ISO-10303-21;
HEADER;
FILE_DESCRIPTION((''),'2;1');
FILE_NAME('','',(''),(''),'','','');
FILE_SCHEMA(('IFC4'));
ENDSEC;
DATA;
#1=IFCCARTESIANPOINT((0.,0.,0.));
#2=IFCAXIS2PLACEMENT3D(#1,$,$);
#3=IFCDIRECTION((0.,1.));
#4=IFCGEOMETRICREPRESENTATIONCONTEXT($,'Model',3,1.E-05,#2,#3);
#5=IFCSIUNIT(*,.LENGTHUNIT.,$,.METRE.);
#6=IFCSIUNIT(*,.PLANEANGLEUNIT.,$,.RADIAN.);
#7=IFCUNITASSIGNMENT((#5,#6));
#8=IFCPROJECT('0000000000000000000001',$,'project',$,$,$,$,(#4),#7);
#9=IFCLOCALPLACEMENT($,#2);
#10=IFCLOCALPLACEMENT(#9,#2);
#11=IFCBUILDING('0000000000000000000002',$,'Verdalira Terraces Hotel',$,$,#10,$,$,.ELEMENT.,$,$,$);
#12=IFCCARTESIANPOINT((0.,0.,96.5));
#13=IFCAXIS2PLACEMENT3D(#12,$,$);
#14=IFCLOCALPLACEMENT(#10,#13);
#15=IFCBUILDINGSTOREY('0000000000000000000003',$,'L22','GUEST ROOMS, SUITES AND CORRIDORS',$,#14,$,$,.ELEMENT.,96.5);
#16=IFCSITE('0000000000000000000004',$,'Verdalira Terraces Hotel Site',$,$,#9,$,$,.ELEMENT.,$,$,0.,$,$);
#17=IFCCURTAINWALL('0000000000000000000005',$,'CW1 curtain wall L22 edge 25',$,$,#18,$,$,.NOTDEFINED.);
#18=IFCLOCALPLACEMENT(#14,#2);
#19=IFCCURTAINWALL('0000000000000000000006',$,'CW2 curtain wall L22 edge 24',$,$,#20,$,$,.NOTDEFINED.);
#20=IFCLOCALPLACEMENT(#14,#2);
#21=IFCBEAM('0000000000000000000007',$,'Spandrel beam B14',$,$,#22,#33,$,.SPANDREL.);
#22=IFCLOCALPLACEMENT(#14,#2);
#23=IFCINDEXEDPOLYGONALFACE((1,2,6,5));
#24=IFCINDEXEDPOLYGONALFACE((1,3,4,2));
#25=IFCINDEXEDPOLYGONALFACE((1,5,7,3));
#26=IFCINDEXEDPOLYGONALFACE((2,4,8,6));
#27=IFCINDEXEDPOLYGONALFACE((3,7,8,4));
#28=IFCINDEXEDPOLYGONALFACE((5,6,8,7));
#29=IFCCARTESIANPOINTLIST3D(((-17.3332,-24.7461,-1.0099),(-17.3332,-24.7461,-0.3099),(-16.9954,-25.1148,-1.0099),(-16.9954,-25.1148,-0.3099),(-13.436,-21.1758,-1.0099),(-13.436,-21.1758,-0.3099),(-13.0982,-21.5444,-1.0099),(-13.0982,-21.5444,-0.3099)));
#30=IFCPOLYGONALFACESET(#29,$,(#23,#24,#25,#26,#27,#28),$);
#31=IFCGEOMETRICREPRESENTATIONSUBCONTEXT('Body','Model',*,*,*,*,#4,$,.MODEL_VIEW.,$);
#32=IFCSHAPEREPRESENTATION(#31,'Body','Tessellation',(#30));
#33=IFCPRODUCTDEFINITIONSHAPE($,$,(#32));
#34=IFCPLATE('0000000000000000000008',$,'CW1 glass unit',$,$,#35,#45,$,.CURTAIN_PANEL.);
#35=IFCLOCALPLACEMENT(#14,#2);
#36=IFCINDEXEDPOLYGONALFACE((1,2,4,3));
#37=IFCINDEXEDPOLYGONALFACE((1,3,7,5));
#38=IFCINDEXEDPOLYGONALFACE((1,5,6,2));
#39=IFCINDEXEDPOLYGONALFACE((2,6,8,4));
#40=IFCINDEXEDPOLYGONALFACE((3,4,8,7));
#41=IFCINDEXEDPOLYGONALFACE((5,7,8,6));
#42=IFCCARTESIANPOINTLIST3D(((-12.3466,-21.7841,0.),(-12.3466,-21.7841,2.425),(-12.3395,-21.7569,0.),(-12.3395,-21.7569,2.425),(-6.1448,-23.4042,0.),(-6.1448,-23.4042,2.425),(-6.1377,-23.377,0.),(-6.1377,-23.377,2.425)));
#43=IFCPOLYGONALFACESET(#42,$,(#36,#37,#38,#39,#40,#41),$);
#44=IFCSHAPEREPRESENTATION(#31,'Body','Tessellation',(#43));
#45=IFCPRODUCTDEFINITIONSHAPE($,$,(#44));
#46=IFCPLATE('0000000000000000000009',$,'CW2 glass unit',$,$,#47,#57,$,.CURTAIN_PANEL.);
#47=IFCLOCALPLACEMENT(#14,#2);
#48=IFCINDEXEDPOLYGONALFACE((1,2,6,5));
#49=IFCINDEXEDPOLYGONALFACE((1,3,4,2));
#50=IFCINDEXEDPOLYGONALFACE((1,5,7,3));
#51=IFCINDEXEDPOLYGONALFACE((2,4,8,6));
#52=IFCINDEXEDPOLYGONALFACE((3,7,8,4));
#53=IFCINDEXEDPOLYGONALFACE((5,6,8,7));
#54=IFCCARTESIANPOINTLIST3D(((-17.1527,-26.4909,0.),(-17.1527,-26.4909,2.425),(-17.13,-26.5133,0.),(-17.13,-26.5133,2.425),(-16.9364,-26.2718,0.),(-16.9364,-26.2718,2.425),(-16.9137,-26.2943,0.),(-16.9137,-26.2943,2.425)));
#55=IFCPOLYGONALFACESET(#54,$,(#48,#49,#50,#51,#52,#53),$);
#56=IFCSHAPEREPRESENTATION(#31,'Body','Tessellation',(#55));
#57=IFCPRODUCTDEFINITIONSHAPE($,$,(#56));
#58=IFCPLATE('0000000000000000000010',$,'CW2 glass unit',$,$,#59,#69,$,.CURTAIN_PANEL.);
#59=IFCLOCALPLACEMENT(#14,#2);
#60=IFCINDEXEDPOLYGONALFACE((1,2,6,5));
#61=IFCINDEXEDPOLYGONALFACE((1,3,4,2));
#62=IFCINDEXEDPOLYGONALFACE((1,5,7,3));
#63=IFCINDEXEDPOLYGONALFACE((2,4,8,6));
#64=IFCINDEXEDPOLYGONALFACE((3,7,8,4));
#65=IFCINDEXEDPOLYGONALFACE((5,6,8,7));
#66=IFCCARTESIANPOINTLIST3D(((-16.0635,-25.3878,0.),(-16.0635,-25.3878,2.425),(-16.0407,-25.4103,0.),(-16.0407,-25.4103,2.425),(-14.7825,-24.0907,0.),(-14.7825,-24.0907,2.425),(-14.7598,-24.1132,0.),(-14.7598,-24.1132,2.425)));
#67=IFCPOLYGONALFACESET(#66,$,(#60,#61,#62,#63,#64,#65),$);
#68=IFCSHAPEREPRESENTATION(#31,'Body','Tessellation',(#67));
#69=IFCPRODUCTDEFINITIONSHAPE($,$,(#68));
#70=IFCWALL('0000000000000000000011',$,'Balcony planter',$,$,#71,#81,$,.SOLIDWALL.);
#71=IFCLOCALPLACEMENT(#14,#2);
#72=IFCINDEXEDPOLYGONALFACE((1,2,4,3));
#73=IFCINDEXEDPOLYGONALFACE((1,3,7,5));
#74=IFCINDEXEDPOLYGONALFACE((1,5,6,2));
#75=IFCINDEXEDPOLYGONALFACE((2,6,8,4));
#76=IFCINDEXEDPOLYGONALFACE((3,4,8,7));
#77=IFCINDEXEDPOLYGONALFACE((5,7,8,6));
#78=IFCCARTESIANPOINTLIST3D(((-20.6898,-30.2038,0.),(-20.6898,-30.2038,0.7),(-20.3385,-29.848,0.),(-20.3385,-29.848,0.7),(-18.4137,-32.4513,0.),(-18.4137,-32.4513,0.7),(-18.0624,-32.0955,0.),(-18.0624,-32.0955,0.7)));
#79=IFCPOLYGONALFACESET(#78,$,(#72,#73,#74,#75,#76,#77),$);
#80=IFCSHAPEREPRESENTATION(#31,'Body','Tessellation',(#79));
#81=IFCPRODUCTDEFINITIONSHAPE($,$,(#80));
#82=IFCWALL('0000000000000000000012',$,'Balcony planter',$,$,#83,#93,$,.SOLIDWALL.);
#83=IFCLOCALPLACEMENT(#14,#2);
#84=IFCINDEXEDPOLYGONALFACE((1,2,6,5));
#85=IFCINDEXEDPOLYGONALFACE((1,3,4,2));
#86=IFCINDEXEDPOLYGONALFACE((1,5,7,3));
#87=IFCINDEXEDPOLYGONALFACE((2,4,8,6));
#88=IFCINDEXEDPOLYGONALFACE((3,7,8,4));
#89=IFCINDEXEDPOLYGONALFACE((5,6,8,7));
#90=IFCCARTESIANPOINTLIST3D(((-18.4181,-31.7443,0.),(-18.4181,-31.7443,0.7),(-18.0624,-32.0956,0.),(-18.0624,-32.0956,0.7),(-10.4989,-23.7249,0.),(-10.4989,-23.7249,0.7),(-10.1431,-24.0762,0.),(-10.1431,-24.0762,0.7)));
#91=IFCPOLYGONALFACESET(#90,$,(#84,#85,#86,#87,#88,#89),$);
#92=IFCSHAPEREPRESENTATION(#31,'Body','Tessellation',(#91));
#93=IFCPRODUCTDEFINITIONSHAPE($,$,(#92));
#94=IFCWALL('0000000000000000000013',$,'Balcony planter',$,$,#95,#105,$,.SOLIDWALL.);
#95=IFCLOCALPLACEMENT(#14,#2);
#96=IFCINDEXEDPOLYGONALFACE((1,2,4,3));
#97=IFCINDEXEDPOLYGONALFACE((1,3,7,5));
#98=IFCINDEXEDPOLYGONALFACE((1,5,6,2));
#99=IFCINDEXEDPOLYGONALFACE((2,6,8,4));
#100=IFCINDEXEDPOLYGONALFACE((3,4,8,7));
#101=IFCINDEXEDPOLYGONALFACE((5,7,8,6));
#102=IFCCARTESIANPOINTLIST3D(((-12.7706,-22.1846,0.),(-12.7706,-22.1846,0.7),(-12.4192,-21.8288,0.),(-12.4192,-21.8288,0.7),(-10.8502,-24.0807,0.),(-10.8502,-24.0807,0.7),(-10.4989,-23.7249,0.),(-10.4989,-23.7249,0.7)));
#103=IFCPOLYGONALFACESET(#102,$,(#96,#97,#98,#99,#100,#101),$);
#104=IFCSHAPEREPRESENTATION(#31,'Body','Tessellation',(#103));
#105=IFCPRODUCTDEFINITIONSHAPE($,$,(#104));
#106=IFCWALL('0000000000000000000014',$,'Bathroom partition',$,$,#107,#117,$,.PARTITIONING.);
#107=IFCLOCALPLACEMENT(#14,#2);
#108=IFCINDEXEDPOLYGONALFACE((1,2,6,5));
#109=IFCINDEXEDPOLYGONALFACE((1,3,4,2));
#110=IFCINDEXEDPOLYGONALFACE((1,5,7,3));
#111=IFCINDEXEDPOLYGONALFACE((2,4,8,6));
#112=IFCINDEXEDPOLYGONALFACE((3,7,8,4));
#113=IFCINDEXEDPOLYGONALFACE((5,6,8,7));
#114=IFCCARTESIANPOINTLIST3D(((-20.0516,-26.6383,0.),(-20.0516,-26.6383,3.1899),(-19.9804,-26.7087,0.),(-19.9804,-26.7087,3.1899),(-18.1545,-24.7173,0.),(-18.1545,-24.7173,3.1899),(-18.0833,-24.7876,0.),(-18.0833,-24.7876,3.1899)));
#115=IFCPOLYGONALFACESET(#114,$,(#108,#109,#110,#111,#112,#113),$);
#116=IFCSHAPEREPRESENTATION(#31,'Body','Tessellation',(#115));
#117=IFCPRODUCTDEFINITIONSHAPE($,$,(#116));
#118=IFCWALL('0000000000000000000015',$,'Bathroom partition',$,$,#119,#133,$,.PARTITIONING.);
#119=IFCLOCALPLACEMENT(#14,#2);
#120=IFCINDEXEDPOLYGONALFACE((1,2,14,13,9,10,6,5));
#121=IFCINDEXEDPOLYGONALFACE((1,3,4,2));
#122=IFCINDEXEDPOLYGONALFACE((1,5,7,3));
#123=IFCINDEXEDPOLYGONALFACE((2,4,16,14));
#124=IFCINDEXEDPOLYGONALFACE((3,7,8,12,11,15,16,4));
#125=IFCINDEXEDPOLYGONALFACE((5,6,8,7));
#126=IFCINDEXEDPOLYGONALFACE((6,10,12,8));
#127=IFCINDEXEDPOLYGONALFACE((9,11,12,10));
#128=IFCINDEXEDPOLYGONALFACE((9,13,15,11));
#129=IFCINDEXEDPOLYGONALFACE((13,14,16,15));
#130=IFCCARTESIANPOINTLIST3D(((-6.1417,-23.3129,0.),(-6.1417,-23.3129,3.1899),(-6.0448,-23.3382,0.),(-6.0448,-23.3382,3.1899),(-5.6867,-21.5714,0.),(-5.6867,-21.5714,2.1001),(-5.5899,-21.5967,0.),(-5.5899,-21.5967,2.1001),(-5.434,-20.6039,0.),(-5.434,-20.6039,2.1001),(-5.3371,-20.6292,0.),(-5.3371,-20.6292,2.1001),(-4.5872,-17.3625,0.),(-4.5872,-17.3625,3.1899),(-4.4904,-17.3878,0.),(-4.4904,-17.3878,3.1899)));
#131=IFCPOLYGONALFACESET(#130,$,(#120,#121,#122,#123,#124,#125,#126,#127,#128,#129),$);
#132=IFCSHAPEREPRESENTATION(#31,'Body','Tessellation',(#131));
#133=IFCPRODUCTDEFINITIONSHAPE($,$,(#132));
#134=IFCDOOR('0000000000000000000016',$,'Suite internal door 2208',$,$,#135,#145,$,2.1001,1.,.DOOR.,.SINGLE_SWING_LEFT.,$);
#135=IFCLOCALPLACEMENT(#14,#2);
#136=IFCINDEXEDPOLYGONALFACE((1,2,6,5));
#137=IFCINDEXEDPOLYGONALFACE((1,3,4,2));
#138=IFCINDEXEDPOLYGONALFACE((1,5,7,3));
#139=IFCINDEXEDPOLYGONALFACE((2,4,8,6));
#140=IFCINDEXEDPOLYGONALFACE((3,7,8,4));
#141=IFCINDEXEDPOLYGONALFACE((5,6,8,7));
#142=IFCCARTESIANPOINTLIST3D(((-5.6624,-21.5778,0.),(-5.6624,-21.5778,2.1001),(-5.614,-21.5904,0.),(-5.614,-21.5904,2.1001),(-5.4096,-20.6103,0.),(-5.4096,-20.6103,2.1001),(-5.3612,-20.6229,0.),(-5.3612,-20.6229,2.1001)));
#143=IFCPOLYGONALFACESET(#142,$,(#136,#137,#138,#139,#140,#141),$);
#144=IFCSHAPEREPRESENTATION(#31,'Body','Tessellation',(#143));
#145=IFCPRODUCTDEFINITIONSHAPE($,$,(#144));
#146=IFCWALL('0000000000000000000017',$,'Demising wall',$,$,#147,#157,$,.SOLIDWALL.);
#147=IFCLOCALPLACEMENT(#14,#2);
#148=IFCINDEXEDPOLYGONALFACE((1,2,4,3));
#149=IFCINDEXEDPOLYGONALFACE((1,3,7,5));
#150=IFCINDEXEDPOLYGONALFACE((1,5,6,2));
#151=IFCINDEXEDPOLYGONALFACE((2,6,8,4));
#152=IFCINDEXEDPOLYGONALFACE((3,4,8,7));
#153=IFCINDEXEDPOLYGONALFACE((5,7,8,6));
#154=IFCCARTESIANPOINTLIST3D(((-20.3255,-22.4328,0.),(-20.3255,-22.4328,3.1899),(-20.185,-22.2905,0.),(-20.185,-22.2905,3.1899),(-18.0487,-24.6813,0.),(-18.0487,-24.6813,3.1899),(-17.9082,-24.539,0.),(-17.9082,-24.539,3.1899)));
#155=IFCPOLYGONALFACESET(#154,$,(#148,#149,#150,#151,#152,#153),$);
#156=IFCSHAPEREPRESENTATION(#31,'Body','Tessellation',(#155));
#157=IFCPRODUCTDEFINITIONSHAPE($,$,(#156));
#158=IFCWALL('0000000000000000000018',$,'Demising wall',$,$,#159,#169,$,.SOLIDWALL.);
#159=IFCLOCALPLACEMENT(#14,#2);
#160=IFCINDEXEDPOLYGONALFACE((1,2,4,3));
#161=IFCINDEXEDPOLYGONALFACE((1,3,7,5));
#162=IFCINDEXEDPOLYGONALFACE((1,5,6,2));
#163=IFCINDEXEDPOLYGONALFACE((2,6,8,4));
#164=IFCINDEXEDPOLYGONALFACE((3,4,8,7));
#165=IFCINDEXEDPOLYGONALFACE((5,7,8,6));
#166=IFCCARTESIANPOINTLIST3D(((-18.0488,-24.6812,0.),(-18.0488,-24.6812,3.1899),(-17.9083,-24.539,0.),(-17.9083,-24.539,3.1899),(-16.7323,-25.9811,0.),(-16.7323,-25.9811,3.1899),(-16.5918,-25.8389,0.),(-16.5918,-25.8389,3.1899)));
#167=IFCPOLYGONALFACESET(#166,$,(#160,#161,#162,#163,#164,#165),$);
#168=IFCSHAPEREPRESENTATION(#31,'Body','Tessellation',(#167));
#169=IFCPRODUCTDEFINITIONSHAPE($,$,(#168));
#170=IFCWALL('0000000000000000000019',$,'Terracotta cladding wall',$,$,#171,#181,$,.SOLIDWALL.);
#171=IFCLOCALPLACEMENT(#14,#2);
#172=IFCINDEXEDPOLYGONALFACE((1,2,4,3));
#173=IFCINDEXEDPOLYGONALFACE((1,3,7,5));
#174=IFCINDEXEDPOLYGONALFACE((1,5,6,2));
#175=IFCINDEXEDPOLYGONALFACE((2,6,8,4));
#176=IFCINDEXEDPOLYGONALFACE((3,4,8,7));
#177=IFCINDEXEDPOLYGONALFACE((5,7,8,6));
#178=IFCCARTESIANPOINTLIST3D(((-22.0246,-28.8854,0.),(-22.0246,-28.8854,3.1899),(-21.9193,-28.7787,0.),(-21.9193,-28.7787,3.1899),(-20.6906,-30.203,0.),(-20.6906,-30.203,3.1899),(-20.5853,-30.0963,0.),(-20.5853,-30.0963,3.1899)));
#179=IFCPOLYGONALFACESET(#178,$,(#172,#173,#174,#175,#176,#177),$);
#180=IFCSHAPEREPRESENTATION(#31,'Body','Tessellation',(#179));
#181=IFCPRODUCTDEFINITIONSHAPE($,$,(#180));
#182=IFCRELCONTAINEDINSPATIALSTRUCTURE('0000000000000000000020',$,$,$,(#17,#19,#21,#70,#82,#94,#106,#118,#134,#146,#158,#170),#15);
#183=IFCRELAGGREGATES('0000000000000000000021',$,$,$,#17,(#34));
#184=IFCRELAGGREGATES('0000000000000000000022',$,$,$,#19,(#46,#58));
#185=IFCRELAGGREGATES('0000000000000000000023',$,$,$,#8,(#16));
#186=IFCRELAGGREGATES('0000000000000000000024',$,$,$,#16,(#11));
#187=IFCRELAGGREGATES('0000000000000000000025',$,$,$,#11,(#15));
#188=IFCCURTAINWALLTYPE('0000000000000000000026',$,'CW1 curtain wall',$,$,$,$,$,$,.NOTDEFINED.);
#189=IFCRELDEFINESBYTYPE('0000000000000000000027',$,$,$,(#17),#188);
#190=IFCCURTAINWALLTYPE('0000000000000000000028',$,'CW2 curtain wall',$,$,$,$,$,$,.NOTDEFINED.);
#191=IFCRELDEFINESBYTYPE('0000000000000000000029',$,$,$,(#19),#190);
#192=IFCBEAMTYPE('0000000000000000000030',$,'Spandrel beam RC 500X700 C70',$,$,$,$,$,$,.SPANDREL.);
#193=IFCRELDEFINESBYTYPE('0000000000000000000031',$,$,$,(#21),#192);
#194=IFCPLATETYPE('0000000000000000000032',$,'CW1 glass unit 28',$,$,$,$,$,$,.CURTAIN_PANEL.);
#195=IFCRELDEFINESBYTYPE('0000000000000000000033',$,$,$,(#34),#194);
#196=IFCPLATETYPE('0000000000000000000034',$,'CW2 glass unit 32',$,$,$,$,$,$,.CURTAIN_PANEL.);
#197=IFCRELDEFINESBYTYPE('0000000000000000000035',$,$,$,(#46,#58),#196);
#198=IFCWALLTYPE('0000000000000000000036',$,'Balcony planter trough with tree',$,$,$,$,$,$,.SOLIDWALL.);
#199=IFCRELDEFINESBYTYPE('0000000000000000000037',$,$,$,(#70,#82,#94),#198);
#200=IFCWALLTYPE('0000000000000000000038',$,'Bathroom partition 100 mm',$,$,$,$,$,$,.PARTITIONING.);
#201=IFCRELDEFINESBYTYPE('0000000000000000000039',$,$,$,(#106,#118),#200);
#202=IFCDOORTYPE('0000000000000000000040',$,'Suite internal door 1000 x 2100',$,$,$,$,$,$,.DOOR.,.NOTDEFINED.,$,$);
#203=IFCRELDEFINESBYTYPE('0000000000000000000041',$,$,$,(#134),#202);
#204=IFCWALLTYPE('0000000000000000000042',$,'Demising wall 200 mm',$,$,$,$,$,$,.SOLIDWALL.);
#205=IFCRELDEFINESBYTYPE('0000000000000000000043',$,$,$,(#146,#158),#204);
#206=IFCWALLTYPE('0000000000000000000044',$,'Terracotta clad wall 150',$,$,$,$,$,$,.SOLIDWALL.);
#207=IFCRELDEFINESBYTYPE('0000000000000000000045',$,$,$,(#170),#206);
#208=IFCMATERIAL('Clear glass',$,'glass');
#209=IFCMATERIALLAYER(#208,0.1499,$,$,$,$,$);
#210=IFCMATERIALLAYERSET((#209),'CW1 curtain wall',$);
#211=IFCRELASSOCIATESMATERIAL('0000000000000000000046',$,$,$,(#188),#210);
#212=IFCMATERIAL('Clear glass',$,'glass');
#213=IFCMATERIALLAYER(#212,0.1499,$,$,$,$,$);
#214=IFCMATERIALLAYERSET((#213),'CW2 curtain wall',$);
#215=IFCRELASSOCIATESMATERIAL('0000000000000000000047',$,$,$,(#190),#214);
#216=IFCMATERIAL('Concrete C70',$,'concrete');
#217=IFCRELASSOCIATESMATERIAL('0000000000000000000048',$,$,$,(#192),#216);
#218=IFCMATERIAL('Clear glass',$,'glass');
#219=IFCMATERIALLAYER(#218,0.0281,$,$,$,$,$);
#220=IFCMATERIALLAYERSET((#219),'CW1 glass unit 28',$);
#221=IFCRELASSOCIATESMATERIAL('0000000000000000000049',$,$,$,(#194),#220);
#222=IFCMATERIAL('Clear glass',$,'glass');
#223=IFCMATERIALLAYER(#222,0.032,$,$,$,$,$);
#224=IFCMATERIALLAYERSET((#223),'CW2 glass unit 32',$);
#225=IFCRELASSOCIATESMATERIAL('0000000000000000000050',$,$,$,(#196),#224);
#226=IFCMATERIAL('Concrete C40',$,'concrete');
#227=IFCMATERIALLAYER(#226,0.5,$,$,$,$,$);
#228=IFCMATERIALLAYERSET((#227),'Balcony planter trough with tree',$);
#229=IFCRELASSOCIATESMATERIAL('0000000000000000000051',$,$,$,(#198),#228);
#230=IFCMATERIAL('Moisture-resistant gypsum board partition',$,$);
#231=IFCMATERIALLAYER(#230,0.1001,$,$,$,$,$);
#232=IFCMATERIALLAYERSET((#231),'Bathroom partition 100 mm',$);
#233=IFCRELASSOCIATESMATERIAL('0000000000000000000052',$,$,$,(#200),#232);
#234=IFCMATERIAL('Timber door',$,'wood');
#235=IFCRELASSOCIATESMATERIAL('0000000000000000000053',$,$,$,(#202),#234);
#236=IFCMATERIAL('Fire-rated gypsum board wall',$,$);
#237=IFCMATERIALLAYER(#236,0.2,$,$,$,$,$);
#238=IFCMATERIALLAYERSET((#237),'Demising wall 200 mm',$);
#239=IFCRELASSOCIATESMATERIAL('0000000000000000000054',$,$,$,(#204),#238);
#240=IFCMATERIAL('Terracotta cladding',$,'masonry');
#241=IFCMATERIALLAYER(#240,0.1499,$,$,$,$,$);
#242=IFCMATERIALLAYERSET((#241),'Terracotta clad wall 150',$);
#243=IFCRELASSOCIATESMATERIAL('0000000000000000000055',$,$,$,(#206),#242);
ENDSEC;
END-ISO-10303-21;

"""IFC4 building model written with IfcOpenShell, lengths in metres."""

from ifc_helpers import new_model, si_unit, direction, frame, frame_2d, origin, origin_2d, place, context, subcontext, project, spatial, rectangle, extrude, material, layer, layer_set, material_profile, profile_set, type_object, element, fill, aggregate, save


model = new_model("IFC4")

# Units and contexts
model_context = context("Model", 3, precision=1e-05, world=origin(), true_north=direction((0.0, 1.0)))
body_context = subcontext(model_context, "Body", "Model", "MODEL_VIEW")
ifc_project = project(units=[si_unit("LENGTHUNIT", "METRE"), si_unit("PLANEANGLEUNIT", "RADIAN")], contexts=[model_context])

# Site, building, storey
site_placement = place(None, origin())
site = spatial("IfcSite", under=ifc_project, at=site_placement, Name="Verdalira Terraces Hotel Site", CompositionType="ELEMENT", RefElevation=0.0)
building_placement = place(site_placement, origin())
building = spatial("IfcBuilding", under=site, at=building_placement, Name="Verdalira Terraces Hotel", CompositionType="ELEMENT")
storey_placement = place(building_placement, frame((0.0, 0.0, 96.5)))
storey = spatial("IfcBuildingStorey", under=building, at=storey_placement, Name="L22", Description="GUEST ROOMS, SUITES AND CORRIDORS", CompositionType="ELEMENT", Elevation=96.5)

# Curtain walls
ifc_material_1 = material(Name="Clear glass", Category="glass")
ifc_layer_1 = layer(ifc_material_1, 0.1499)
ifc_layer_set_1 = layer_set([ifc_layer_1], Name="CW1 curtain wall")
curtain_wall_type_1 = type_object("IfcCurtainWallType", Name="CW1 curtain wall", PredefinedType="NOTDEFINED", material=ifc_layer_set_1)
curtain_wall_1_placement = place(storey_placement, origin())
curtain_wall_1 = element("IfcCurtainWall", 1, at=curtain_wall_1_placement, inside=storey, type_object=curtain_wall_type_1, Name="CW1 curtain wall L22 edge 25", PredefinedType="NOTDEFINED")
ifc_material_2 = material(Name="Clear glass", Category="glass")
ifc_layer_2 = layer(ifc_material_2, 0.1499)
ifc_layer_set_2 = layer_set([ifc_layer_2], Name="CW2 curtain wall")
curtain_wall_type_2 = type_object("IfcCurtainWallType", Name="CW2 curtain wall", PredefinedType="NOTDEFINED", material=ifc_layer_set_2)
curtain_wall_2_placement = place(storey_placement, origin())
curtain_wall_2 = element("IfcCurtainWall", 2, at=curtain_wall_2_placement, inside=storey, type_object=curtain_wall_type_2, Name="CW2 curtain wall L22 edge 24", PredefinedType="NOTDEFINED")

# Beam
ifc_material_3 = material(Name="Concrete C70", Category="concrete")
ifc_material_profile_1 = material_profile(ifc_material_3, rectangle(XDim=0.5, YDim=0.7, at=origin_2d()), Name="RC 500X700")
ifc_profile_set_1 = profile_set([ifc_material_profile_1], Name="Concrete C70")
beam_type_1 = type_object("IfcBeamType", Name="Spandrel beam RC 500X700 C70", PredefinedType="SPANDREL", material=ifc_profile_set_1)
beam_1_placement = place(storey_placement, frame((-17.1643, -24.9304, -0.6599), z_axis=(0.737355, 0.675505, 0.0), x_axis=(-0.675505, 0.737355, 0.0)))
element("IfcBeam", 3, at=beam_1_placement, inside=storey, type_object=beam_type_1, Name="Spandrel beam B14", PredefinedType="SPANDREL", context=body_context, shape_type="SweptSolid", body=[
    extrude(rectangle(XDim=0.5, YDim=0.7, at=origin_2d()), origin(), (0.0, 0.0, 1.0), 5.2854),
])

# Plates
ifc_material_4 = material(Name="Clear glass", Category="glass")
ifc_layer_3 = layer(ifc_material_4, 0.0281)
ifc_layer_set_3 = layer_set([ifc_layer_3], Name="CW1 glass unit 28")
plate_type_1 = type_object("IfcPlateType", Name="CW1 glass unit 28", PredefinedType="CURTAIN_PANEL", material=ifc_layer_set_3)
plate_1_placement = place(storey_placement, frame((-9.2422, -22.5806, 0.0), z_axis=(0.0, 0.0, 1.0), x_axis=(0.967533, -0.252745, 0.0)))
plate_1 = element("IfcPlate", 4, at=plate_1_placement, type_object=plate_type_1, Name="CW1 glass unit", PredefinedType="CURTAIN_PANEL", context=body_context, shape_type="SweptSolid", body=[
    extrude(rectangle(XDim=6.4099, YDim=0.0281, at=origin_2d()), origin(), (0.0, 0.0, 1.0), 2.425),
])
aggregate(curtain_wall_1, [plate_1])
ifc_material_5 = material(Name="Clear glass", Category="glass")
ifc_layer_4 = layer(ifc_material_5, 0.032)
ifc_layer_set_4 = layer_set([ifc_layer_4], Name="CW2 glass unit 32")
plate_type_2 = type_object("IfcPlateType", Name="CW2 glass unit 32", PredefinedType="CURTAIN_PANEL", material=ifc_layer_set_4)
plate_2_placement = place(storey_placement, frame((-17.0332, -26.3926, 0.0), z_axis=(0.0, 0.0, 1.0), x_axis=(0.70265, 0.711536, 0.0)))
plate_2 = element("IfcPlate", 5, at=plate_2_placement, type_object=plate_type_2, Name="CW2 glass unit", PredefinedType="CURTAIN_PANEL", context=body_context, shape_type="SweptSolid", body=[
    extrude(rectangle(XDim=0.3079, YDim=0.032, at=origin_2d()), origin(), (0.0, 0.0, 1.0), 2.425),
])
plate_3_placement = place(storey_placement, frame((-15.4116, -24.7505, 0.0), z_axis=(0.0, 0.0, 1.0), x_axis=(0.70265, 0.711536, 0.0)))
plate_3 = element("IfcPlate", 6, at=plate_3_placement, type_object=plate_type_2, Name="CW2 glass unit", PredefinedType="CURTAIN_PANEL", context=body_context, shape_type="SweptSolid", body=[
    extrude(rectangle(XDim=1.823, YDim=0.032, at=origin_2d()), origin(), (0.0, 0.0, 1.0), 2.425),
])
aggregate(curtain_wall_2, [plate_2, plate_3])

# Walls
ifc_material_6 = material(Name="Concrete C40", Category="concrete")
ifc_layer_5 = layer(ifc_material_6, 0.5)
ifc_layer_set_5 = layer_set([ifc_layer_5], Name="Balcony planter trough with tree")
wall_type_1 = type_object("IfcWallType", Name="Balcony planter trough with tree", PredefinedType="SOLIDWALL", material=ifc_layer_set_5)
wall_1_placement = place(storey_placement, frame((-20.5142, -30.0259, 0.0), z_axis=(0.0, 0.0, 1.0), x_axis=(0.711558, -0.702628, 0.0)))
element("IfcWall", 7, at=wall_1_placement, inside=storey, type_object=wall_type_1, Name="Balcony planter", PredefinedType="SOLIDWALL", context=body_context, shape_type="SweptSolid", body=[
    extrude(rectangle(XDim=3.1987, YDim=0.5, at=frame_2d((1.5994, 0.0))), origin(), (0.0, 0.0, 1.0), 0.7),
])
wall_2_placement = place(storey_placement, frame((-18.2402, -31.9199, 0.0), z_axis=(0.0, 0.0, 1.0), x_axis=(0.702652, 0.711534, 0.0)))
element("IfcWall", 8, at=wall_2_placement, inside=storey, type_object=wall_type_1, Name="Balcony planter", PredefinedType="SOLIDWALL", context=body_context, shape_type="SweptSolid", body=[
    extrude(rectangle(XDim=11.2705, YDim=0.5, at=frame_2d((5.6353, 0.0))), origin(), (0.0, 0.0, 1.0), 0.7),
])
wall_3_placement = place(storey_placement, frame((-10.6746, -23.9028, 0.0), z_axis=(0.0, 0.0, 1.0), x_axis=(-0.71157, 0.702615, 0.0)))
element("IfcWall", 9, at=wall_3_placement, inside=storey, type_object=wall_type_1, Name="Balcony planter", PredefinedType="SOLIDWALL", context=body_context, shape_type="SweptSolid", body=[
    extrude(rectangle(XDim=2.6987, YDim=0.5, at=frame_2d((1.3494, 0.0))), origin(), (0.0, 0.0, 1.0), 0.7),
])
ifc_material_7 = material(Name="Moisture-resistant gypsum board partition")
ifc_layer_6 = layer(ifc_material_7, 0.1001)
ifc_layer_set_6 = layer_set([ifc_layer_6], Name="Bathroom partition 100 mm")
wall_type_2 = type_object("IfcWallType", Name="Bathroom partition 100 mm", PredefinedType="PARTITIONING", material=ifc_layer_set_6)
wall_4_placement = place(storey_placement, frame((-20.0161, -26.6736, 0.0), z_axis=(0.0, 0.0, 1.0), x_axis=(0.702662, 0.711524, 0.0)))
element("IfcWall", 10, at=wall_4_placement, inside=storey, type_object=wall_type_2, Name="Bathroom partition", PredefinedType="PARTITIONING", context=body_context, shape_type="SweptSolid", body=[
    extrude(rectangle(XDim=2.7, YDim=0.1001, at=frame_2d((1.3501, 0.0))), origin(), (0.0, 0.0, 1.0), 3.1899),
])

# Wall, opening, door
wall_5_placement = place(storey_placement, frame((-6.0933, -23.3257, 0.0), z_axis=(0.0, 0.0, 1.0), x_axis=(0.25275, 0.967532, 0.0)))
wall_5 = element("IfcWall", 11, at=wall_5_placement, inside=storey, type_object=wall_type_2, Name="Bathroom partition", PredefinedType="PARTITIONING", context=body_context, shape_type="SweptSolid", body=[
    extrude(rectangle(XDim=6.1501, YDim=0.1001, at=frame_2d((3.0752, 0.0))), origin(), (0.0, 0.0, 1.0), 3.1899),
])
opening_1_placement = place(wall_5_placement, frame((1.8, 0.0, 0.0)))
opening_1 = element("IfcOpeningElement", 12, at=opening_1_placement, cuts=wall_5, PredefinedType="OPENING", context=body_context, shape_type="SweptSolid", body=[
    extrude(rectangle(XDim=1.0, YDim=2.1001, at=frame_2d((0.5, 1.05))), frame((0.0, 0.0601, 0.0), z_axis=(0.0, -1.0, 0.0), x_axis=(1.0, 0.0, 0.0)), (0.0, 0.0, 1.0), 0.1201),
])
ifc_material_8 = material(Name="Timber door", Category="wood")
door_type_1 = type_object("IfcDoorType", Name="Suite internal door 1000 x 2100", OperationType="NOTDEFINED", PredefinedType="DOOR", material=ifc_material_8)
door_1_placement = place(opening_1_placement, origin())
door_1 = element("IfcDoor", 13, at=door_1_placement, inside=storey, type_object=door_type_1, Name="Suite internal door 2208", OperationType="SINGLE_SWING_LEFT", OverallHeight=2.1001, OverallWidth=1.0, PredefinedType="DOOR", context=body_context, shape_type="SweptSolid", body=[
    extrude(rectangle(XDim=1.0, YDim=2.1001, at=frame_2d((0.5, 1.05))), frame((0.0, 0.0249, 0.0), z_axis=(0.0, -1.0, 0.0), x_axis=(1.0, 0.0, 0.0)), (0.0, 0.0, 1.0), 0.05),
])
fill(opening_1, door_1)

# Walls
ifc_material_9 = material(Name="Fire-rated gypsum board wall")
ifc_layer_7 = layer(ifc_material_9, 0.2)
ifc_layer_set_7 = layer_set([ifc_layer_7], Name="Demising wall 200 mm")
wall_type_3 = type_object("IfcWallType", Name="Demising wall 200 mm", PredefinedType="SOLIDWALL", material=ifc_layer_set_7)
wall_6_placement = place(storey_placement, frame((-20.2554, -22.3616, 0.0), z_axis=(0.0, 0.0, 1.0), x_axis=(0.711518, -0.702668, 0.0)))
element("IfcWall", 14, at=wall_6_placement, inside=storey, type_object=wall_type_3, Name="Demising wall", PredefinedType="SOLIDWALL", context=body_context, shape_type="SweptSolid", body=[
    extrude(rectangle(XDim=3.2, YDim=0.2, at=frame_2d((1.6001, 0.0))), origin(), (0.0, 0.0, 1.0), 3.1899),
])
wall_7_placement = place(storey_placement, frame((-17.9785, -24.6101, 0.0), z_axis=(0.0, 0.0, 1.0), x_axis=(0.71158, -0.702606, 0.0)))
element("IfcWall", 15, at=wall_7_placement, inside=storey, type_object=wall_type_3, Name="Demising wall", PredefinedType="SOLIDWALL", context=body_context, shape_type="SweptSolid", body=[
    extrude(rectangle(XDim=1.8501, YDim=0.2, at=frame_2d((0.925, 0.0))), origin(), (0.0, 0.0, 1.0), 3.1899),
])
ifc_material_10 = material(Name="Terracotta cladding", Category="masonry")
ifc_layer_8 = layer(ifc_material_10, 0.1499)
ifc_layer_set_8 = layer_set([ifc_layer_8], Name="Terracotta clad wall 150")
wall_type_4 = type_object("IfcWallType", Name="Terracotta clad wall 150", PredefinedType="SOLIDWALL", material=ifc_layer_set_8)
wall_8_placement = place(storey_placement, frame((-21.9719, -28.832, 0.0), z_axis=(0.0, 0.0, 1.0), x_axis=(0.711455, -0.702731, 0.0)))
element("IfcWall", 16, at=wall_8_placement, inside=storey, type_object=wall_type_4, Name="Terracotta cladding wall", PredefinedType="SOLIDWALL", context=body_context, shape_type="SweptSolid", body=[
    extrude(rectangle(XDim=1.875, YDim=0.1499, at=frame_2d((0.9375, 0.0))), origin(), (0.0, 0.0, 1.0), 3.1899),
])

save(model, "model.ifc")
